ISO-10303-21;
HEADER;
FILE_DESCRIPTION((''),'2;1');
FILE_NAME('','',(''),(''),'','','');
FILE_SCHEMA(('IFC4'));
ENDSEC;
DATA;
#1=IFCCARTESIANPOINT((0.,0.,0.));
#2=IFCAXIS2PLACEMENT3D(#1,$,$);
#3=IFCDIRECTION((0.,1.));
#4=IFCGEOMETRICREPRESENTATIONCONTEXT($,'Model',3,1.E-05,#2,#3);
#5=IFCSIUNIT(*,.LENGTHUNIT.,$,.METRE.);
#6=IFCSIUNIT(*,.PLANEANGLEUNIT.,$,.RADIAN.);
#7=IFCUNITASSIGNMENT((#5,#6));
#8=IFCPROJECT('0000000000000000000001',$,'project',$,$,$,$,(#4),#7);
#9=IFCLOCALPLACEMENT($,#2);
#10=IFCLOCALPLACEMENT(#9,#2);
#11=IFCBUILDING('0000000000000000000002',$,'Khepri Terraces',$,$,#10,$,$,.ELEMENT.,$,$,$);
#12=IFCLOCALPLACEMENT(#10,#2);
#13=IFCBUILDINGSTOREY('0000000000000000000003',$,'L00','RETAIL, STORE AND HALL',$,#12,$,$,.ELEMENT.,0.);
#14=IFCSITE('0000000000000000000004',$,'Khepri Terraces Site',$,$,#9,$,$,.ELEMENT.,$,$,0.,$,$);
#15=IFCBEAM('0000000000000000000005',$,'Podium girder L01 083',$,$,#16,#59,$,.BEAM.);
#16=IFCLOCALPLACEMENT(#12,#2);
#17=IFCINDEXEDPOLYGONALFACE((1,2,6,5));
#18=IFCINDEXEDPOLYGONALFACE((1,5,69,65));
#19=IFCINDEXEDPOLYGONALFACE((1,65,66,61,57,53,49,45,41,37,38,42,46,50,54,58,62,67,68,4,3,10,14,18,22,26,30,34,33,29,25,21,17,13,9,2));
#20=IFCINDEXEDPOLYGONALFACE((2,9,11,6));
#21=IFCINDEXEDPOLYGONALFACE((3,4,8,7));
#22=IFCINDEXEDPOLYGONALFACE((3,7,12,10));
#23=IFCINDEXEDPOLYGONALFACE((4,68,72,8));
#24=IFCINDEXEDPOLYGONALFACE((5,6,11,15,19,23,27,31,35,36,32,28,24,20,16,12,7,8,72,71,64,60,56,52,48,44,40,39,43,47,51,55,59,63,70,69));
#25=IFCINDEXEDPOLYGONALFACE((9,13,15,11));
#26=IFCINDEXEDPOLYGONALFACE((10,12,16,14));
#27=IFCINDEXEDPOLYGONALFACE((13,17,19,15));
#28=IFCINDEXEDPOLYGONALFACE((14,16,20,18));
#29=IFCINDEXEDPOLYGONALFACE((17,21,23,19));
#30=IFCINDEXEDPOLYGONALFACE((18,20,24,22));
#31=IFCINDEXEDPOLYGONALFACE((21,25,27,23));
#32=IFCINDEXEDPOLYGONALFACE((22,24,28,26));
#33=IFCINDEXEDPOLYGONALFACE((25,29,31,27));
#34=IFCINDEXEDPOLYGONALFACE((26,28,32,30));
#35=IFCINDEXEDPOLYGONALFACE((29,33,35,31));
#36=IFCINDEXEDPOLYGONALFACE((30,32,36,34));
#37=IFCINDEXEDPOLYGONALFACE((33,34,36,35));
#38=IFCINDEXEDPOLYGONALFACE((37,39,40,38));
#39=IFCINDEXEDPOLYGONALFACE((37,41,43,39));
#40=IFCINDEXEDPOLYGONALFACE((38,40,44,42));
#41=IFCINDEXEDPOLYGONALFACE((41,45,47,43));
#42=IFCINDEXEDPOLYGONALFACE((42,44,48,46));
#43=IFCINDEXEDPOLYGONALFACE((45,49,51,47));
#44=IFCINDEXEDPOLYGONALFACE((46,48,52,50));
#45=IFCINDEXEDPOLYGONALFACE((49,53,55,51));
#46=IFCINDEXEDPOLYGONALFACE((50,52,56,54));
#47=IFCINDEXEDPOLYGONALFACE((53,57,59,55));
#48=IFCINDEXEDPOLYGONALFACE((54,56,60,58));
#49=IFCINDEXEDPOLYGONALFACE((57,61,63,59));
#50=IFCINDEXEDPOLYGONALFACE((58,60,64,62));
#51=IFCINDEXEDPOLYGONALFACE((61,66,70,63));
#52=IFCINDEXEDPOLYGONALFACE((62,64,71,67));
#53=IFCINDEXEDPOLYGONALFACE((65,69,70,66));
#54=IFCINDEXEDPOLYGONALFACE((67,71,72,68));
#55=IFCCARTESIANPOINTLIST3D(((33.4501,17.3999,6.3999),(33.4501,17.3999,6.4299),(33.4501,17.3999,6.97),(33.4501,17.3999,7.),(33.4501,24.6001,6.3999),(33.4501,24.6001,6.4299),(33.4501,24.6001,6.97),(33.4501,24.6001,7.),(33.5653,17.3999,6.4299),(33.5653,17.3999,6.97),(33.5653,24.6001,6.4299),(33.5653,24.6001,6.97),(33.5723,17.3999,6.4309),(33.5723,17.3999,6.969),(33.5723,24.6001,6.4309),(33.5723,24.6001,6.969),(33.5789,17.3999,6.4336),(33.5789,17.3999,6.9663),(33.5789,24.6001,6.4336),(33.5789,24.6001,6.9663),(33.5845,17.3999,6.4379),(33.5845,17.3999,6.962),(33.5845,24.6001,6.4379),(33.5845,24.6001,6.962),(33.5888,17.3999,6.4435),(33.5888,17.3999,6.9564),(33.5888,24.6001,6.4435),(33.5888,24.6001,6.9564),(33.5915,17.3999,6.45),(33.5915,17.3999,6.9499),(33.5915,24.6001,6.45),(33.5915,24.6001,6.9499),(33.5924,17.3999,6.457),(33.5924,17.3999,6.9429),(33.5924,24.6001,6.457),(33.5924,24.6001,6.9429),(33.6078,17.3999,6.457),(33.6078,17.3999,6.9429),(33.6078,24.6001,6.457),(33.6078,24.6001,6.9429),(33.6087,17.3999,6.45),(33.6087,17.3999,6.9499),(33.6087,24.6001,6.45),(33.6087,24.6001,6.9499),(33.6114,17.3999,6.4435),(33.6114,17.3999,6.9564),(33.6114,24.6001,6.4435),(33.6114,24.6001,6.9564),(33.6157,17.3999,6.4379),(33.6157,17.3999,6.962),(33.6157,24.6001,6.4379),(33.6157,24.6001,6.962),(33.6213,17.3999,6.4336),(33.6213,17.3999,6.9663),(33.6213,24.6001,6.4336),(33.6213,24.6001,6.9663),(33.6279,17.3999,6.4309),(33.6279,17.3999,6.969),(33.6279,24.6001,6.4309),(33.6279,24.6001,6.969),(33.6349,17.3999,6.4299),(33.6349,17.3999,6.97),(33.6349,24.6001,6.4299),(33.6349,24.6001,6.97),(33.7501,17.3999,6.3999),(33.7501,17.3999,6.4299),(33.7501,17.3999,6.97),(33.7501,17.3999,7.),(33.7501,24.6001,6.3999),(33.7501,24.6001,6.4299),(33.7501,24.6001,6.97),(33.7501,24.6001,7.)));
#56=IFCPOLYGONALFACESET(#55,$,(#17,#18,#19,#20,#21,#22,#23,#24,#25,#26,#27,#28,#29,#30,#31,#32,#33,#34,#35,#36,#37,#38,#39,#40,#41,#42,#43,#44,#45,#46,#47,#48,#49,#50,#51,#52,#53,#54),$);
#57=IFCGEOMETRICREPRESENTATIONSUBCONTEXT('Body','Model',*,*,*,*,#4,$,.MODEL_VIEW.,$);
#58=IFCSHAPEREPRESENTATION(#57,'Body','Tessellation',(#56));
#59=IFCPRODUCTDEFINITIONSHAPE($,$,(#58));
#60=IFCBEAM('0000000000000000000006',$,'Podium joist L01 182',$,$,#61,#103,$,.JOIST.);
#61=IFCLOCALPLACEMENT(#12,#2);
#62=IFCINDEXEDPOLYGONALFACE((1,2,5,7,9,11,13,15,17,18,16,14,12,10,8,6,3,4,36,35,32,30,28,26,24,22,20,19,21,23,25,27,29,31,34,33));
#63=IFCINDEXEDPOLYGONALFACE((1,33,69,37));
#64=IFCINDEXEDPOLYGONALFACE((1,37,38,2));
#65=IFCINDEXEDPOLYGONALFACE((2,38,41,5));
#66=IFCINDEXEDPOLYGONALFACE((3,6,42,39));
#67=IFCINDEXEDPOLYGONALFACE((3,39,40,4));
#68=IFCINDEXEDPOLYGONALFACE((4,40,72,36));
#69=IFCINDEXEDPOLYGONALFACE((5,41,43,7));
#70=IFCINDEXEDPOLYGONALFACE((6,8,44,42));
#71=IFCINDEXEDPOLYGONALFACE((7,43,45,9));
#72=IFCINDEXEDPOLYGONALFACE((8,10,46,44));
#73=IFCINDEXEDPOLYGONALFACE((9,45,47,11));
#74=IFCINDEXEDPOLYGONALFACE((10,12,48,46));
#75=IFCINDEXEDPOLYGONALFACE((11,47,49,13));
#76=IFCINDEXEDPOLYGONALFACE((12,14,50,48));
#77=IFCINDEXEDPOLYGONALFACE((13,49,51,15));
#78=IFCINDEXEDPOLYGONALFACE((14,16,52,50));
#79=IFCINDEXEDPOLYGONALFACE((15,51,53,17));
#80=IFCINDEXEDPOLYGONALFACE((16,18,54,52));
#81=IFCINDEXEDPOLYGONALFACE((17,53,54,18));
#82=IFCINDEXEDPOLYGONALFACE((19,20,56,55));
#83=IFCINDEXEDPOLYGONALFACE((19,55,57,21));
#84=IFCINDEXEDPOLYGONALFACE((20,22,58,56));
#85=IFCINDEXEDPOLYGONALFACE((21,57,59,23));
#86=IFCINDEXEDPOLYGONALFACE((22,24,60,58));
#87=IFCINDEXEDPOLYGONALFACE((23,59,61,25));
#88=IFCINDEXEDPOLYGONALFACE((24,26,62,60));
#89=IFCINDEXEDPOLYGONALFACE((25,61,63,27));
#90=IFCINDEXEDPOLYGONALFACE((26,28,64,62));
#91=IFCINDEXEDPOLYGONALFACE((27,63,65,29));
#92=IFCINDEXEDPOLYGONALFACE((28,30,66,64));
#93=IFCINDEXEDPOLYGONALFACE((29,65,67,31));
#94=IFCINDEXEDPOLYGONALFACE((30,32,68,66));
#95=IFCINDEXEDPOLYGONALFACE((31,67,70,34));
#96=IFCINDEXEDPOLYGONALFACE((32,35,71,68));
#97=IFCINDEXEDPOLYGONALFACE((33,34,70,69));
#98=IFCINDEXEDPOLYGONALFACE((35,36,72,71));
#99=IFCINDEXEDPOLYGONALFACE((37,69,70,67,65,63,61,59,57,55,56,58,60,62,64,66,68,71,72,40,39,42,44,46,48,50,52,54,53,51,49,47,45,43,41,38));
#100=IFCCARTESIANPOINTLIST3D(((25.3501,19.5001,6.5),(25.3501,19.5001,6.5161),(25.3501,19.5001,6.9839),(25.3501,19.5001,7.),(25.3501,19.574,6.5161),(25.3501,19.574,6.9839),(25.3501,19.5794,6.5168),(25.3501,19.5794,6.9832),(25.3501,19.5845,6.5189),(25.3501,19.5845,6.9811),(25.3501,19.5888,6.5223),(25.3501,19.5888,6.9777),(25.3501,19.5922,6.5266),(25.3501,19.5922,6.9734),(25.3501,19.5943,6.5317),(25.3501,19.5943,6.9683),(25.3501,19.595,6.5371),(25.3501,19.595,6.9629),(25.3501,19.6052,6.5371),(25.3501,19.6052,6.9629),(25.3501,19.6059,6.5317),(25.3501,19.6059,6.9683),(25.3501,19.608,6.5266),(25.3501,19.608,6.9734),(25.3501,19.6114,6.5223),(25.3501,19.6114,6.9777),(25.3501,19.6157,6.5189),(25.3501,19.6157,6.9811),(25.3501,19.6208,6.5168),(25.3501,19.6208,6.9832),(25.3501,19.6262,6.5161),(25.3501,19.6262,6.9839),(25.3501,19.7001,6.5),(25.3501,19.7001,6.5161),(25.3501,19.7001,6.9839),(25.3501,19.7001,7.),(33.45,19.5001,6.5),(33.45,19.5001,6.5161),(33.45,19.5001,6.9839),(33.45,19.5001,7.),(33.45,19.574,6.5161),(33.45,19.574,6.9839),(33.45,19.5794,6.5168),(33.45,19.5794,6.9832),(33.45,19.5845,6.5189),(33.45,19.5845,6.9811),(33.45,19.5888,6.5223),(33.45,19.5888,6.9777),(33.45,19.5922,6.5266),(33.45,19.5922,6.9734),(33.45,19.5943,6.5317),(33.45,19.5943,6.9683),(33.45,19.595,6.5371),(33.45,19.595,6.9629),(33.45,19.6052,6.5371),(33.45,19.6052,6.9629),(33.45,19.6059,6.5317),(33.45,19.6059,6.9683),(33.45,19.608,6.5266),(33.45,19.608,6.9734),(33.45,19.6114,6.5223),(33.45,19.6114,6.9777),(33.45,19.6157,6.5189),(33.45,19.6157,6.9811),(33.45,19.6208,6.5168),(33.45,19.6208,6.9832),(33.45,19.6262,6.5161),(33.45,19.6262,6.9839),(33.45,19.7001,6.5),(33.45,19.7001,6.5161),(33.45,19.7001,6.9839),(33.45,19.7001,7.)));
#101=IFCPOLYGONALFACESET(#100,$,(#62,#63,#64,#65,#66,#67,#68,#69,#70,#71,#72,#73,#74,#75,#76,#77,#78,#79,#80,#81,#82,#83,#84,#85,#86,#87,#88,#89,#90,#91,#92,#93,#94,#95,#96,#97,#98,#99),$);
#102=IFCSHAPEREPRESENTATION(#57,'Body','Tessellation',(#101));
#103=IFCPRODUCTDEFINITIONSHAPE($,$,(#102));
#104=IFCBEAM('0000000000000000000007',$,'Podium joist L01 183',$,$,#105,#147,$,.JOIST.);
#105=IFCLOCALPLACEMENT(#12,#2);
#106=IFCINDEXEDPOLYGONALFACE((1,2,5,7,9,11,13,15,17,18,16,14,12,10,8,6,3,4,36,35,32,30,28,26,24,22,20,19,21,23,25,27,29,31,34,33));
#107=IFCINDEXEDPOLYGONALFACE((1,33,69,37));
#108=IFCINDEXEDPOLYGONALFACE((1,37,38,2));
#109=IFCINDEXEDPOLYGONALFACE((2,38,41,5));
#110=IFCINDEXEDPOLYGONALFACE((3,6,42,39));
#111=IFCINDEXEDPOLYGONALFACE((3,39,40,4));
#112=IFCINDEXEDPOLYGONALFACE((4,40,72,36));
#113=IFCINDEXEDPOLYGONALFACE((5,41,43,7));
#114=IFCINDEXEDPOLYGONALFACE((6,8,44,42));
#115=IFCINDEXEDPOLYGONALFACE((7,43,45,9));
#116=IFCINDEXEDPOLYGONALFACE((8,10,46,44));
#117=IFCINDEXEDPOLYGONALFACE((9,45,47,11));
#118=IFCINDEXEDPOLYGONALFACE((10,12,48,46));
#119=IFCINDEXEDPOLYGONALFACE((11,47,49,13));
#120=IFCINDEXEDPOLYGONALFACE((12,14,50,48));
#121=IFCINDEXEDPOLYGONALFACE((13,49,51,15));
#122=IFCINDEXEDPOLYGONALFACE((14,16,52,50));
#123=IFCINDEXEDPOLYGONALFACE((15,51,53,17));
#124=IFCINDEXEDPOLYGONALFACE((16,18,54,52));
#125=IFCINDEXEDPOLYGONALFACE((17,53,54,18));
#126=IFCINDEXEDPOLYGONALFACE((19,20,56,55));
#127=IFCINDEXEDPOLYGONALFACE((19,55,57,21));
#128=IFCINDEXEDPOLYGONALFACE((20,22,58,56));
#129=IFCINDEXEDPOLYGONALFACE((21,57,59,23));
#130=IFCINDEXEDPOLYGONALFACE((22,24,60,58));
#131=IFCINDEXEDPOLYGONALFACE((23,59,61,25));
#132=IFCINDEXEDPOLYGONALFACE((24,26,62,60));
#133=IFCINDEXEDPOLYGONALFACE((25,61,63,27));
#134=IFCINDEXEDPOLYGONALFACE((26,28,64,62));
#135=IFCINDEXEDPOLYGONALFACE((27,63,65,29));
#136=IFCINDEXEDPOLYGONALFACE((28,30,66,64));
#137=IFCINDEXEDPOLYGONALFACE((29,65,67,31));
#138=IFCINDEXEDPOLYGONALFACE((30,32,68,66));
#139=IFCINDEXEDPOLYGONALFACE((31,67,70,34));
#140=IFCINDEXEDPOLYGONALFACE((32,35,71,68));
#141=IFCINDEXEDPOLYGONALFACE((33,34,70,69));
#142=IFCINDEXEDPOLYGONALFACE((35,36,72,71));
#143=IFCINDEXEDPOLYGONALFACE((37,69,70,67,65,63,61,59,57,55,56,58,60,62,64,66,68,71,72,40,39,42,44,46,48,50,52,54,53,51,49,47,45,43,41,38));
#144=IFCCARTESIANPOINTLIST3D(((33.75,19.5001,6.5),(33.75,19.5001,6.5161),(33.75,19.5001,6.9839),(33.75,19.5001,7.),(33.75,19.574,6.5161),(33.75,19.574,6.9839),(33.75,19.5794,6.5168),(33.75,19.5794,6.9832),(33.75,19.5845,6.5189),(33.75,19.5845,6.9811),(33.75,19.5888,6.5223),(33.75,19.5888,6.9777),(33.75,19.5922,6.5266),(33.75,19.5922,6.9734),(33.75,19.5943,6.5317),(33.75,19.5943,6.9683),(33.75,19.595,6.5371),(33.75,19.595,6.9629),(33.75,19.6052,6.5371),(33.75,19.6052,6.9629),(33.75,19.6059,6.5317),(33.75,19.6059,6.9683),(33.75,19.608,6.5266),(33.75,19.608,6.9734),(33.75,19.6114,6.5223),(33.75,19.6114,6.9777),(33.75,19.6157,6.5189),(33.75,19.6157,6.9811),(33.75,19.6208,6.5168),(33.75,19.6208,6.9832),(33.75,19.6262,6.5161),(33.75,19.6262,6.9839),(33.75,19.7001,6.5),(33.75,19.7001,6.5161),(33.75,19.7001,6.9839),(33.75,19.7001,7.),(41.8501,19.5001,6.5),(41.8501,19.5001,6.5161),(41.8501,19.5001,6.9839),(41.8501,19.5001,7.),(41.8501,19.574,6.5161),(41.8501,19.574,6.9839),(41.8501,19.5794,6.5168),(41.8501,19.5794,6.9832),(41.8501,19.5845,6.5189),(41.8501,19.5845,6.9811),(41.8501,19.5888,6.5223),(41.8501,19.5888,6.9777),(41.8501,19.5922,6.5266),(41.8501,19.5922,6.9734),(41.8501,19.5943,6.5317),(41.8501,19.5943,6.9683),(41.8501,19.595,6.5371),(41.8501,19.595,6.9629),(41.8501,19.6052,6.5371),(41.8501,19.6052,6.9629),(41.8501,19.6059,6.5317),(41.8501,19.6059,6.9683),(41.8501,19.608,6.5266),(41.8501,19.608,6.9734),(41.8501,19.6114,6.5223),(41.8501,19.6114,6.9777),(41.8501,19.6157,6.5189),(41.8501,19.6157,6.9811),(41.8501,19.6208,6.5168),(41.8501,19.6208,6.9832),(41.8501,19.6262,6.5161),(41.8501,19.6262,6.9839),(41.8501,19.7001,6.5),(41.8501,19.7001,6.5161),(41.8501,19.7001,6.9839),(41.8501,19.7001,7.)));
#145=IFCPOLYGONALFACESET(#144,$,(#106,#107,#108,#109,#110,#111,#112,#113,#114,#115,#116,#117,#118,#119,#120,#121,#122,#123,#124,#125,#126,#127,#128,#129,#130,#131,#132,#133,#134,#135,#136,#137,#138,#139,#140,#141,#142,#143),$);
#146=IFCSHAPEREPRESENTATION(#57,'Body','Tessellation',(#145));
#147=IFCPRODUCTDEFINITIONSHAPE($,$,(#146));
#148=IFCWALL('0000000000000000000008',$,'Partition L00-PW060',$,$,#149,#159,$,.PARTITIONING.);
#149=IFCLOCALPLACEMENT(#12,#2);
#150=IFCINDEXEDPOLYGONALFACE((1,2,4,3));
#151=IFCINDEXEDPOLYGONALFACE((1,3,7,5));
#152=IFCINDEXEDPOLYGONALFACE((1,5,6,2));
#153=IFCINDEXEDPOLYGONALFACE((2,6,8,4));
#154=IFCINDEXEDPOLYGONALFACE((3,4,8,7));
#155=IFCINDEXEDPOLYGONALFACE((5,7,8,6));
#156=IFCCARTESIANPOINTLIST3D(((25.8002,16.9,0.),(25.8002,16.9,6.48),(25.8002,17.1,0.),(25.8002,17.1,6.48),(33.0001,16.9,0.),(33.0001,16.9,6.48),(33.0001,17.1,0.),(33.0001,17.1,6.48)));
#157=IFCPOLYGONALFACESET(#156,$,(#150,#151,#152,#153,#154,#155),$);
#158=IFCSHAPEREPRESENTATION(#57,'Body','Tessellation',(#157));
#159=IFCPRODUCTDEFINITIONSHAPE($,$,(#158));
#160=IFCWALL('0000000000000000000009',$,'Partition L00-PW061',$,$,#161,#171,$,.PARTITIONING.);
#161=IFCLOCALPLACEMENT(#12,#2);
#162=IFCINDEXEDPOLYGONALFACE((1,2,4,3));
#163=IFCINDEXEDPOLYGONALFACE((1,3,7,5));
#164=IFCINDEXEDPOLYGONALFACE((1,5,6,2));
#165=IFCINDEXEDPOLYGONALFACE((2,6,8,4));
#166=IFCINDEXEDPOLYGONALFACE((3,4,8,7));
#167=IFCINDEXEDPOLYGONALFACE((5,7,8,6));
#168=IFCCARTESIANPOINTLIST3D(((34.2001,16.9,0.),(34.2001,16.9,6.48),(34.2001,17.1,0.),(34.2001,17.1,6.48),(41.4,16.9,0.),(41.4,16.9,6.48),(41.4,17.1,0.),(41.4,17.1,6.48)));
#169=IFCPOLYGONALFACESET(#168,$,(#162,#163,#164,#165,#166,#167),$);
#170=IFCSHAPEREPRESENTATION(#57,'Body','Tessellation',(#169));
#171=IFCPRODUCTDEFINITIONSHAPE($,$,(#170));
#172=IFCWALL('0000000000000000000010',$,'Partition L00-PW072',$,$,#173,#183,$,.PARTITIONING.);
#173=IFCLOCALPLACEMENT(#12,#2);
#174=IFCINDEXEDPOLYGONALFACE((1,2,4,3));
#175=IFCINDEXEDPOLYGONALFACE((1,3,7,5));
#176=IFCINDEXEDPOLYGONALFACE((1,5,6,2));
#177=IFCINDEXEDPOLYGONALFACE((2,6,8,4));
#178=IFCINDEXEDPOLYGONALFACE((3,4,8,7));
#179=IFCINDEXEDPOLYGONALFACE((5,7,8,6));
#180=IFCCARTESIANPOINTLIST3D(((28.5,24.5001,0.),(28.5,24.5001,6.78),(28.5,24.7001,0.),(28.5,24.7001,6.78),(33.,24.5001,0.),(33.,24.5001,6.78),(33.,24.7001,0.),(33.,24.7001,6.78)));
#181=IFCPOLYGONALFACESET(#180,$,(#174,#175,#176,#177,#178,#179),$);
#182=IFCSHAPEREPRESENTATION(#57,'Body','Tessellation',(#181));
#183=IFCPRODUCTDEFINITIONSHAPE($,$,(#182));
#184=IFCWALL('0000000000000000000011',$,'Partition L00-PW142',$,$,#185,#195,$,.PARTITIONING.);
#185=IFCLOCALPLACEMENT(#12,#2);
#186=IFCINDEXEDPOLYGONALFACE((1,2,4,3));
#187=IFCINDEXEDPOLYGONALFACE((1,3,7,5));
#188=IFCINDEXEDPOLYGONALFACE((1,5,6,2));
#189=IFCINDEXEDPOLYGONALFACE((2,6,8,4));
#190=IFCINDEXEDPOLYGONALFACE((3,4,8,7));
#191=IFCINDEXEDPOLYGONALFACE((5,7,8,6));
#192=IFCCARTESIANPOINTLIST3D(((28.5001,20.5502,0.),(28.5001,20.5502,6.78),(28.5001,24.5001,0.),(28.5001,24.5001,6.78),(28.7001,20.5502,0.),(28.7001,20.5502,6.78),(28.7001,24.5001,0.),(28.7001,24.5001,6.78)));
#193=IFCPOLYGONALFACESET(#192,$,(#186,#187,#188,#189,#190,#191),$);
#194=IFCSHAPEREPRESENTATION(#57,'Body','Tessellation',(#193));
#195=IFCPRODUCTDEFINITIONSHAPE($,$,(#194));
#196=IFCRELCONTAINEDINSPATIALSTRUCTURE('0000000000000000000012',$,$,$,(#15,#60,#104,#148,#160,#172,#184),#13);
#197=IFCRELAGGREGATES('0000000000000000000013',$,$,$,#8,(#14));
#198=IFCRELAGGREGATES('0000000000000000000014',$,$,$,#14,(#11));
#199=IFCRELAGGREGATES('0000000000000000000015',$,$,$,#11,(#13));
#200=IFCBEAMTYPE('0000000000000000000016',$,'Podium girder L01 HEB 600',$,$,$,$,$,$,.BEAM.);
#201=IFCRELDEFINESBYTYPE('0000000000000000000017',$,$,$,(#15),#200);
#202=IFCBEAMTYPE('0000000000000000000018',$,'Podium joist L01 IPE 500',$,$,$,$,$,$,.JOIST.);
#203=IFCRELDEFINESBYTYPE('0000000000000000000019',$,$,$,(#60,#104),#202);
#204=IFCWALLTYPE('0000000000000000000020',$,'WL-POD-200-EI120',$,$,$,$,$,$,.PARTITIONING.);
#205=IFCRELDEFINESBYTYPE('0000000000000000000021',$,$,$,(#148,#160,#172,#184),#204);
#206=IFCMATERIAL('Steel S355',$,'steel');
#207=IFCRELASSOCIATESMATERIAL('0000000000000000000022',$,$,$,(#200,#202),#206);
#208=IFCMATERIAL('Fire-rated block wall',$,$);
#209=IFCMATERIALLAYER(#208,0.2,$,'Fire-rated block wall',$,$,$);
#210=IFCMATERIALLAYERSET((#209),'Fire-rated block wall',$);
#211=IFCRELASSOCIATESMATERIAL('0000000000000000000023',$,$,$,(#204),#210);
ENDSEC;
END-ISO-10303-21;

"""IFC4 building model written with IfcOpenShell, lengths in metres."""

from ifc_helpers import new_model, si_unit, direction, frame, frame_2d, origin, origin_2d, place, context, subcontext, project, spatial, rectangle, i_section, extrude, material, layer, layer_set, material_profile, profile_set, type_object, element, save


model = new_model("IFC4")

# Units and contexts
model_context = context("Model", 3, precision=1e-05, world=origin(), true_north=direction((0.0, 1.0)))
body_context = subcontext(model_context, "Body", "Model", "MODEL_VIEW")
ifc_project = project(units=[si_unit("LENGTHUNIT", "METRE"), si_unit("PLANEANGLEUNIT", "RADIAN")], contexts=[model_context])

# Site, building, storey
site_placement = place(None, origin())
site = spatial("IfcSite", under=ifc_project, at=site_placement, Name="Khepri Terraces Site", CompositionType="ELEMENT", RefElevation=0.0)
building_placement = place(site_placement, origin())
building = spatial("IfcBuilding", under=site, at=building_placement, Name="Khepri Terraces", CompositionType="ELEMENT")
storey_placement = place(building_placement, origin())
storey = spatial("IfcBuildingStorey", under=building, at=storey_placement, Name="L00", Description="RETAIL, STORE AND HALL", CompositionType="ELEMENT", Elevation=0.0)

# Beams
ifc_material_1 = material(Name="Steel S355", Category="steel")
ifc_material_profile_1 = material_profile(ifc_material_1, i_section(OverallWidth=0.3, OverallDepth=0.6001, WebThickness=0.0154, FlangeThickness=0.03, FilletRadius=0.0271, at=origin_2d()), Name="Steel S355", Category="steel")
ifc_profile_set_1 = profile_set([ifc_material_profile_1], Name="Steel S355")
beam_type_1 = type_object("IfcBeamType", Name="Podium girder L01 HEB 600", PredefinedType="BEAM", material=ifc_profile_set_1)
beam_1_placement = place(storey_placement, frame((33.6001, 17.3999, 6.7), z_axis=(0.0, 1.0, 0.0), x_axis=(-1.0, 0.0, 0.0)))
element("IfcBeam", 1, at=beam_1_placement, inside=storey, type_object=beam_type_1, Name="Podium girder L01 083", PredefinedType="BEAM", context=body_context, shape_type="SweptSolid", body=[
    extrude(i_section(OverallWidth=0.3, OverallDepth=0.6001, WebThickness=0.0154, FlangeThickness=0.03, FilletRadius=0.0271, at=origin_2d()), origin(), (0.0, 0.0, 1.0), 7.2002),
])
ifc_material_profile_2 = material_profile(ifc_material_1, i_section(OverallWidth=0.2, OverallDepth=0.5, WebThickness=0.0103, FlangeThickness=0.0161, FilletRadius=0.021, at=origin_2d()), Name="Steel S355", Category="steel")
ifc_profile_set_2 = profile_set([ifc_material_profile_2], Name="Steel S355")
beam_type_2 = type_object("IfcBeamType", Name="Podium joist L01 IPE 500", PredefinedType="JOIST", material=ifc_profile_set_2)
beam_2_placement = place(storey_placement, frame((25.3501, 19.6001, 6.75), z_axis=(1.0, 0.0, 0.0), x_axis=(0.0, 1.0, 0.0)))
element("IfcBeam", 2, at=beam_2_placement, inside=storey, type_object=beam_type_2, Name="Podium joist L01 182", PredefinedType="JOIST", context=body_context, shape_type="SweptSolid", body=[
    extrude(i_section(OverallWidth=0.2, OverallDepth=0.5, WebThickness=0.0103, FlangeThickness=0.0161, FilletRadius=0.021, at=origin_2d()), origin(), (0.0, 0.0, 1.0), 8.0999),
])
beam_3_placement = place(storey_placement, frame((33.75, 19.6001, 6.75), z_axis=(1.0, 0.0, 0.0), x_axis=(0.0, 1.0, 0.0)))
element("IfcBeam", 3, at=beam_3_placement, inside=storey, type_object=beam_type_2, Name="Podium joist L01 183", PredefinedType="JOIST", context=body_context, shape_type="SweptSolid", body=[
    extrude(i_section(OverallWidth=0.2, OverallDepth=0.5, WebThickness=0.0103, FlangeThickness=0.0161, FilletRadius=0.021, at=origin_2d()), origin(), (0.0, 0.0, 1.0), 8.1001),
])

# Walls
ifc_material_2 = material(Name="Fire-rated block wall")
ifc_layer_1 = layer(ifc_material_2, 0.2, Name="Fire-rated block wall")
ifc_layer_set_1 = layer_set([ifc_layer_1], Name="Fire-rated block wall")
wall_type_1 = type_object("IfcWallType", Name="WL-POD-200-EI120", PredefinedType="PARTITIONING", material=ifc_layer_set_1)
for number, where, z_axis, x_axis, name in (
    (4, (25.8, 17.0, 0.0), (0.0, 0.0, 1.0), (1.0, 0.0, 0.0), "Partition L00-PW060"),
    (5, (34.2, 17.0, 0.0), (0.0, 0.0, 1.0), (1.0, 0.0, 0.0), "Partition L00-PW061"),
):
    element("IfcWall", number, at=place(storey_placement, frame(where, z_axis=z_axis, x_axis=x_axis)), inside=storey, type_object=wall_type_1, Name=name, PredefinedType="PARTITIONING", context=body_context, shape_type="SweptSolid", body=[
        extrude(rectangle(XDim=7.2, YDim=0.2, at=frame_2d((3.6001, 0.0))), origin(), (0.0, 0.0, 1.0), 6.48),
    ])
wall_1_placement = place(storey_placement, frame((28.5, 24.6001, 0.0), z_axis=(0.0, 0.0, 1.0), x_axis=(1.0, 0.0, 0.0)))
element("IfcWall", 6, at=wall_1_placement, inside=storey, type_object=wall_type_1, Name="Partition L00-PW072", PredefinedType="PARTITIONING", context=body_context, shape_type="SweptSolid", body=[
    extrude(rectangle(XDim=4.5, YDim=0.2, at=frame_2d((2.25, 0.0))), origin(), (0.0, 0.0, 1.0), 6.78),
])
wall_2_placement = place(storey_placement, frame((28.6001, 20.55, 0.0), z_axis=(0.0, 0.0, 1.0), x_axis=(0.0, 1.0, 0.0)))
element("IfcWall", 7, at=wall_2_placement, inside=storey, type_object=wall_type_1, Name="Partition L00-PW142", PredefinedType="PARTITIONING", context=body_context, shape_type="SweptSolid", body=[
    extrude(rectangle(XDim=3.95, YDim=0.2, at=frame_2d((1.9751, 0.0))), origin(), (0.0, 0.0, 1.0), 6.78),
])

save(model, "model.ifc")
